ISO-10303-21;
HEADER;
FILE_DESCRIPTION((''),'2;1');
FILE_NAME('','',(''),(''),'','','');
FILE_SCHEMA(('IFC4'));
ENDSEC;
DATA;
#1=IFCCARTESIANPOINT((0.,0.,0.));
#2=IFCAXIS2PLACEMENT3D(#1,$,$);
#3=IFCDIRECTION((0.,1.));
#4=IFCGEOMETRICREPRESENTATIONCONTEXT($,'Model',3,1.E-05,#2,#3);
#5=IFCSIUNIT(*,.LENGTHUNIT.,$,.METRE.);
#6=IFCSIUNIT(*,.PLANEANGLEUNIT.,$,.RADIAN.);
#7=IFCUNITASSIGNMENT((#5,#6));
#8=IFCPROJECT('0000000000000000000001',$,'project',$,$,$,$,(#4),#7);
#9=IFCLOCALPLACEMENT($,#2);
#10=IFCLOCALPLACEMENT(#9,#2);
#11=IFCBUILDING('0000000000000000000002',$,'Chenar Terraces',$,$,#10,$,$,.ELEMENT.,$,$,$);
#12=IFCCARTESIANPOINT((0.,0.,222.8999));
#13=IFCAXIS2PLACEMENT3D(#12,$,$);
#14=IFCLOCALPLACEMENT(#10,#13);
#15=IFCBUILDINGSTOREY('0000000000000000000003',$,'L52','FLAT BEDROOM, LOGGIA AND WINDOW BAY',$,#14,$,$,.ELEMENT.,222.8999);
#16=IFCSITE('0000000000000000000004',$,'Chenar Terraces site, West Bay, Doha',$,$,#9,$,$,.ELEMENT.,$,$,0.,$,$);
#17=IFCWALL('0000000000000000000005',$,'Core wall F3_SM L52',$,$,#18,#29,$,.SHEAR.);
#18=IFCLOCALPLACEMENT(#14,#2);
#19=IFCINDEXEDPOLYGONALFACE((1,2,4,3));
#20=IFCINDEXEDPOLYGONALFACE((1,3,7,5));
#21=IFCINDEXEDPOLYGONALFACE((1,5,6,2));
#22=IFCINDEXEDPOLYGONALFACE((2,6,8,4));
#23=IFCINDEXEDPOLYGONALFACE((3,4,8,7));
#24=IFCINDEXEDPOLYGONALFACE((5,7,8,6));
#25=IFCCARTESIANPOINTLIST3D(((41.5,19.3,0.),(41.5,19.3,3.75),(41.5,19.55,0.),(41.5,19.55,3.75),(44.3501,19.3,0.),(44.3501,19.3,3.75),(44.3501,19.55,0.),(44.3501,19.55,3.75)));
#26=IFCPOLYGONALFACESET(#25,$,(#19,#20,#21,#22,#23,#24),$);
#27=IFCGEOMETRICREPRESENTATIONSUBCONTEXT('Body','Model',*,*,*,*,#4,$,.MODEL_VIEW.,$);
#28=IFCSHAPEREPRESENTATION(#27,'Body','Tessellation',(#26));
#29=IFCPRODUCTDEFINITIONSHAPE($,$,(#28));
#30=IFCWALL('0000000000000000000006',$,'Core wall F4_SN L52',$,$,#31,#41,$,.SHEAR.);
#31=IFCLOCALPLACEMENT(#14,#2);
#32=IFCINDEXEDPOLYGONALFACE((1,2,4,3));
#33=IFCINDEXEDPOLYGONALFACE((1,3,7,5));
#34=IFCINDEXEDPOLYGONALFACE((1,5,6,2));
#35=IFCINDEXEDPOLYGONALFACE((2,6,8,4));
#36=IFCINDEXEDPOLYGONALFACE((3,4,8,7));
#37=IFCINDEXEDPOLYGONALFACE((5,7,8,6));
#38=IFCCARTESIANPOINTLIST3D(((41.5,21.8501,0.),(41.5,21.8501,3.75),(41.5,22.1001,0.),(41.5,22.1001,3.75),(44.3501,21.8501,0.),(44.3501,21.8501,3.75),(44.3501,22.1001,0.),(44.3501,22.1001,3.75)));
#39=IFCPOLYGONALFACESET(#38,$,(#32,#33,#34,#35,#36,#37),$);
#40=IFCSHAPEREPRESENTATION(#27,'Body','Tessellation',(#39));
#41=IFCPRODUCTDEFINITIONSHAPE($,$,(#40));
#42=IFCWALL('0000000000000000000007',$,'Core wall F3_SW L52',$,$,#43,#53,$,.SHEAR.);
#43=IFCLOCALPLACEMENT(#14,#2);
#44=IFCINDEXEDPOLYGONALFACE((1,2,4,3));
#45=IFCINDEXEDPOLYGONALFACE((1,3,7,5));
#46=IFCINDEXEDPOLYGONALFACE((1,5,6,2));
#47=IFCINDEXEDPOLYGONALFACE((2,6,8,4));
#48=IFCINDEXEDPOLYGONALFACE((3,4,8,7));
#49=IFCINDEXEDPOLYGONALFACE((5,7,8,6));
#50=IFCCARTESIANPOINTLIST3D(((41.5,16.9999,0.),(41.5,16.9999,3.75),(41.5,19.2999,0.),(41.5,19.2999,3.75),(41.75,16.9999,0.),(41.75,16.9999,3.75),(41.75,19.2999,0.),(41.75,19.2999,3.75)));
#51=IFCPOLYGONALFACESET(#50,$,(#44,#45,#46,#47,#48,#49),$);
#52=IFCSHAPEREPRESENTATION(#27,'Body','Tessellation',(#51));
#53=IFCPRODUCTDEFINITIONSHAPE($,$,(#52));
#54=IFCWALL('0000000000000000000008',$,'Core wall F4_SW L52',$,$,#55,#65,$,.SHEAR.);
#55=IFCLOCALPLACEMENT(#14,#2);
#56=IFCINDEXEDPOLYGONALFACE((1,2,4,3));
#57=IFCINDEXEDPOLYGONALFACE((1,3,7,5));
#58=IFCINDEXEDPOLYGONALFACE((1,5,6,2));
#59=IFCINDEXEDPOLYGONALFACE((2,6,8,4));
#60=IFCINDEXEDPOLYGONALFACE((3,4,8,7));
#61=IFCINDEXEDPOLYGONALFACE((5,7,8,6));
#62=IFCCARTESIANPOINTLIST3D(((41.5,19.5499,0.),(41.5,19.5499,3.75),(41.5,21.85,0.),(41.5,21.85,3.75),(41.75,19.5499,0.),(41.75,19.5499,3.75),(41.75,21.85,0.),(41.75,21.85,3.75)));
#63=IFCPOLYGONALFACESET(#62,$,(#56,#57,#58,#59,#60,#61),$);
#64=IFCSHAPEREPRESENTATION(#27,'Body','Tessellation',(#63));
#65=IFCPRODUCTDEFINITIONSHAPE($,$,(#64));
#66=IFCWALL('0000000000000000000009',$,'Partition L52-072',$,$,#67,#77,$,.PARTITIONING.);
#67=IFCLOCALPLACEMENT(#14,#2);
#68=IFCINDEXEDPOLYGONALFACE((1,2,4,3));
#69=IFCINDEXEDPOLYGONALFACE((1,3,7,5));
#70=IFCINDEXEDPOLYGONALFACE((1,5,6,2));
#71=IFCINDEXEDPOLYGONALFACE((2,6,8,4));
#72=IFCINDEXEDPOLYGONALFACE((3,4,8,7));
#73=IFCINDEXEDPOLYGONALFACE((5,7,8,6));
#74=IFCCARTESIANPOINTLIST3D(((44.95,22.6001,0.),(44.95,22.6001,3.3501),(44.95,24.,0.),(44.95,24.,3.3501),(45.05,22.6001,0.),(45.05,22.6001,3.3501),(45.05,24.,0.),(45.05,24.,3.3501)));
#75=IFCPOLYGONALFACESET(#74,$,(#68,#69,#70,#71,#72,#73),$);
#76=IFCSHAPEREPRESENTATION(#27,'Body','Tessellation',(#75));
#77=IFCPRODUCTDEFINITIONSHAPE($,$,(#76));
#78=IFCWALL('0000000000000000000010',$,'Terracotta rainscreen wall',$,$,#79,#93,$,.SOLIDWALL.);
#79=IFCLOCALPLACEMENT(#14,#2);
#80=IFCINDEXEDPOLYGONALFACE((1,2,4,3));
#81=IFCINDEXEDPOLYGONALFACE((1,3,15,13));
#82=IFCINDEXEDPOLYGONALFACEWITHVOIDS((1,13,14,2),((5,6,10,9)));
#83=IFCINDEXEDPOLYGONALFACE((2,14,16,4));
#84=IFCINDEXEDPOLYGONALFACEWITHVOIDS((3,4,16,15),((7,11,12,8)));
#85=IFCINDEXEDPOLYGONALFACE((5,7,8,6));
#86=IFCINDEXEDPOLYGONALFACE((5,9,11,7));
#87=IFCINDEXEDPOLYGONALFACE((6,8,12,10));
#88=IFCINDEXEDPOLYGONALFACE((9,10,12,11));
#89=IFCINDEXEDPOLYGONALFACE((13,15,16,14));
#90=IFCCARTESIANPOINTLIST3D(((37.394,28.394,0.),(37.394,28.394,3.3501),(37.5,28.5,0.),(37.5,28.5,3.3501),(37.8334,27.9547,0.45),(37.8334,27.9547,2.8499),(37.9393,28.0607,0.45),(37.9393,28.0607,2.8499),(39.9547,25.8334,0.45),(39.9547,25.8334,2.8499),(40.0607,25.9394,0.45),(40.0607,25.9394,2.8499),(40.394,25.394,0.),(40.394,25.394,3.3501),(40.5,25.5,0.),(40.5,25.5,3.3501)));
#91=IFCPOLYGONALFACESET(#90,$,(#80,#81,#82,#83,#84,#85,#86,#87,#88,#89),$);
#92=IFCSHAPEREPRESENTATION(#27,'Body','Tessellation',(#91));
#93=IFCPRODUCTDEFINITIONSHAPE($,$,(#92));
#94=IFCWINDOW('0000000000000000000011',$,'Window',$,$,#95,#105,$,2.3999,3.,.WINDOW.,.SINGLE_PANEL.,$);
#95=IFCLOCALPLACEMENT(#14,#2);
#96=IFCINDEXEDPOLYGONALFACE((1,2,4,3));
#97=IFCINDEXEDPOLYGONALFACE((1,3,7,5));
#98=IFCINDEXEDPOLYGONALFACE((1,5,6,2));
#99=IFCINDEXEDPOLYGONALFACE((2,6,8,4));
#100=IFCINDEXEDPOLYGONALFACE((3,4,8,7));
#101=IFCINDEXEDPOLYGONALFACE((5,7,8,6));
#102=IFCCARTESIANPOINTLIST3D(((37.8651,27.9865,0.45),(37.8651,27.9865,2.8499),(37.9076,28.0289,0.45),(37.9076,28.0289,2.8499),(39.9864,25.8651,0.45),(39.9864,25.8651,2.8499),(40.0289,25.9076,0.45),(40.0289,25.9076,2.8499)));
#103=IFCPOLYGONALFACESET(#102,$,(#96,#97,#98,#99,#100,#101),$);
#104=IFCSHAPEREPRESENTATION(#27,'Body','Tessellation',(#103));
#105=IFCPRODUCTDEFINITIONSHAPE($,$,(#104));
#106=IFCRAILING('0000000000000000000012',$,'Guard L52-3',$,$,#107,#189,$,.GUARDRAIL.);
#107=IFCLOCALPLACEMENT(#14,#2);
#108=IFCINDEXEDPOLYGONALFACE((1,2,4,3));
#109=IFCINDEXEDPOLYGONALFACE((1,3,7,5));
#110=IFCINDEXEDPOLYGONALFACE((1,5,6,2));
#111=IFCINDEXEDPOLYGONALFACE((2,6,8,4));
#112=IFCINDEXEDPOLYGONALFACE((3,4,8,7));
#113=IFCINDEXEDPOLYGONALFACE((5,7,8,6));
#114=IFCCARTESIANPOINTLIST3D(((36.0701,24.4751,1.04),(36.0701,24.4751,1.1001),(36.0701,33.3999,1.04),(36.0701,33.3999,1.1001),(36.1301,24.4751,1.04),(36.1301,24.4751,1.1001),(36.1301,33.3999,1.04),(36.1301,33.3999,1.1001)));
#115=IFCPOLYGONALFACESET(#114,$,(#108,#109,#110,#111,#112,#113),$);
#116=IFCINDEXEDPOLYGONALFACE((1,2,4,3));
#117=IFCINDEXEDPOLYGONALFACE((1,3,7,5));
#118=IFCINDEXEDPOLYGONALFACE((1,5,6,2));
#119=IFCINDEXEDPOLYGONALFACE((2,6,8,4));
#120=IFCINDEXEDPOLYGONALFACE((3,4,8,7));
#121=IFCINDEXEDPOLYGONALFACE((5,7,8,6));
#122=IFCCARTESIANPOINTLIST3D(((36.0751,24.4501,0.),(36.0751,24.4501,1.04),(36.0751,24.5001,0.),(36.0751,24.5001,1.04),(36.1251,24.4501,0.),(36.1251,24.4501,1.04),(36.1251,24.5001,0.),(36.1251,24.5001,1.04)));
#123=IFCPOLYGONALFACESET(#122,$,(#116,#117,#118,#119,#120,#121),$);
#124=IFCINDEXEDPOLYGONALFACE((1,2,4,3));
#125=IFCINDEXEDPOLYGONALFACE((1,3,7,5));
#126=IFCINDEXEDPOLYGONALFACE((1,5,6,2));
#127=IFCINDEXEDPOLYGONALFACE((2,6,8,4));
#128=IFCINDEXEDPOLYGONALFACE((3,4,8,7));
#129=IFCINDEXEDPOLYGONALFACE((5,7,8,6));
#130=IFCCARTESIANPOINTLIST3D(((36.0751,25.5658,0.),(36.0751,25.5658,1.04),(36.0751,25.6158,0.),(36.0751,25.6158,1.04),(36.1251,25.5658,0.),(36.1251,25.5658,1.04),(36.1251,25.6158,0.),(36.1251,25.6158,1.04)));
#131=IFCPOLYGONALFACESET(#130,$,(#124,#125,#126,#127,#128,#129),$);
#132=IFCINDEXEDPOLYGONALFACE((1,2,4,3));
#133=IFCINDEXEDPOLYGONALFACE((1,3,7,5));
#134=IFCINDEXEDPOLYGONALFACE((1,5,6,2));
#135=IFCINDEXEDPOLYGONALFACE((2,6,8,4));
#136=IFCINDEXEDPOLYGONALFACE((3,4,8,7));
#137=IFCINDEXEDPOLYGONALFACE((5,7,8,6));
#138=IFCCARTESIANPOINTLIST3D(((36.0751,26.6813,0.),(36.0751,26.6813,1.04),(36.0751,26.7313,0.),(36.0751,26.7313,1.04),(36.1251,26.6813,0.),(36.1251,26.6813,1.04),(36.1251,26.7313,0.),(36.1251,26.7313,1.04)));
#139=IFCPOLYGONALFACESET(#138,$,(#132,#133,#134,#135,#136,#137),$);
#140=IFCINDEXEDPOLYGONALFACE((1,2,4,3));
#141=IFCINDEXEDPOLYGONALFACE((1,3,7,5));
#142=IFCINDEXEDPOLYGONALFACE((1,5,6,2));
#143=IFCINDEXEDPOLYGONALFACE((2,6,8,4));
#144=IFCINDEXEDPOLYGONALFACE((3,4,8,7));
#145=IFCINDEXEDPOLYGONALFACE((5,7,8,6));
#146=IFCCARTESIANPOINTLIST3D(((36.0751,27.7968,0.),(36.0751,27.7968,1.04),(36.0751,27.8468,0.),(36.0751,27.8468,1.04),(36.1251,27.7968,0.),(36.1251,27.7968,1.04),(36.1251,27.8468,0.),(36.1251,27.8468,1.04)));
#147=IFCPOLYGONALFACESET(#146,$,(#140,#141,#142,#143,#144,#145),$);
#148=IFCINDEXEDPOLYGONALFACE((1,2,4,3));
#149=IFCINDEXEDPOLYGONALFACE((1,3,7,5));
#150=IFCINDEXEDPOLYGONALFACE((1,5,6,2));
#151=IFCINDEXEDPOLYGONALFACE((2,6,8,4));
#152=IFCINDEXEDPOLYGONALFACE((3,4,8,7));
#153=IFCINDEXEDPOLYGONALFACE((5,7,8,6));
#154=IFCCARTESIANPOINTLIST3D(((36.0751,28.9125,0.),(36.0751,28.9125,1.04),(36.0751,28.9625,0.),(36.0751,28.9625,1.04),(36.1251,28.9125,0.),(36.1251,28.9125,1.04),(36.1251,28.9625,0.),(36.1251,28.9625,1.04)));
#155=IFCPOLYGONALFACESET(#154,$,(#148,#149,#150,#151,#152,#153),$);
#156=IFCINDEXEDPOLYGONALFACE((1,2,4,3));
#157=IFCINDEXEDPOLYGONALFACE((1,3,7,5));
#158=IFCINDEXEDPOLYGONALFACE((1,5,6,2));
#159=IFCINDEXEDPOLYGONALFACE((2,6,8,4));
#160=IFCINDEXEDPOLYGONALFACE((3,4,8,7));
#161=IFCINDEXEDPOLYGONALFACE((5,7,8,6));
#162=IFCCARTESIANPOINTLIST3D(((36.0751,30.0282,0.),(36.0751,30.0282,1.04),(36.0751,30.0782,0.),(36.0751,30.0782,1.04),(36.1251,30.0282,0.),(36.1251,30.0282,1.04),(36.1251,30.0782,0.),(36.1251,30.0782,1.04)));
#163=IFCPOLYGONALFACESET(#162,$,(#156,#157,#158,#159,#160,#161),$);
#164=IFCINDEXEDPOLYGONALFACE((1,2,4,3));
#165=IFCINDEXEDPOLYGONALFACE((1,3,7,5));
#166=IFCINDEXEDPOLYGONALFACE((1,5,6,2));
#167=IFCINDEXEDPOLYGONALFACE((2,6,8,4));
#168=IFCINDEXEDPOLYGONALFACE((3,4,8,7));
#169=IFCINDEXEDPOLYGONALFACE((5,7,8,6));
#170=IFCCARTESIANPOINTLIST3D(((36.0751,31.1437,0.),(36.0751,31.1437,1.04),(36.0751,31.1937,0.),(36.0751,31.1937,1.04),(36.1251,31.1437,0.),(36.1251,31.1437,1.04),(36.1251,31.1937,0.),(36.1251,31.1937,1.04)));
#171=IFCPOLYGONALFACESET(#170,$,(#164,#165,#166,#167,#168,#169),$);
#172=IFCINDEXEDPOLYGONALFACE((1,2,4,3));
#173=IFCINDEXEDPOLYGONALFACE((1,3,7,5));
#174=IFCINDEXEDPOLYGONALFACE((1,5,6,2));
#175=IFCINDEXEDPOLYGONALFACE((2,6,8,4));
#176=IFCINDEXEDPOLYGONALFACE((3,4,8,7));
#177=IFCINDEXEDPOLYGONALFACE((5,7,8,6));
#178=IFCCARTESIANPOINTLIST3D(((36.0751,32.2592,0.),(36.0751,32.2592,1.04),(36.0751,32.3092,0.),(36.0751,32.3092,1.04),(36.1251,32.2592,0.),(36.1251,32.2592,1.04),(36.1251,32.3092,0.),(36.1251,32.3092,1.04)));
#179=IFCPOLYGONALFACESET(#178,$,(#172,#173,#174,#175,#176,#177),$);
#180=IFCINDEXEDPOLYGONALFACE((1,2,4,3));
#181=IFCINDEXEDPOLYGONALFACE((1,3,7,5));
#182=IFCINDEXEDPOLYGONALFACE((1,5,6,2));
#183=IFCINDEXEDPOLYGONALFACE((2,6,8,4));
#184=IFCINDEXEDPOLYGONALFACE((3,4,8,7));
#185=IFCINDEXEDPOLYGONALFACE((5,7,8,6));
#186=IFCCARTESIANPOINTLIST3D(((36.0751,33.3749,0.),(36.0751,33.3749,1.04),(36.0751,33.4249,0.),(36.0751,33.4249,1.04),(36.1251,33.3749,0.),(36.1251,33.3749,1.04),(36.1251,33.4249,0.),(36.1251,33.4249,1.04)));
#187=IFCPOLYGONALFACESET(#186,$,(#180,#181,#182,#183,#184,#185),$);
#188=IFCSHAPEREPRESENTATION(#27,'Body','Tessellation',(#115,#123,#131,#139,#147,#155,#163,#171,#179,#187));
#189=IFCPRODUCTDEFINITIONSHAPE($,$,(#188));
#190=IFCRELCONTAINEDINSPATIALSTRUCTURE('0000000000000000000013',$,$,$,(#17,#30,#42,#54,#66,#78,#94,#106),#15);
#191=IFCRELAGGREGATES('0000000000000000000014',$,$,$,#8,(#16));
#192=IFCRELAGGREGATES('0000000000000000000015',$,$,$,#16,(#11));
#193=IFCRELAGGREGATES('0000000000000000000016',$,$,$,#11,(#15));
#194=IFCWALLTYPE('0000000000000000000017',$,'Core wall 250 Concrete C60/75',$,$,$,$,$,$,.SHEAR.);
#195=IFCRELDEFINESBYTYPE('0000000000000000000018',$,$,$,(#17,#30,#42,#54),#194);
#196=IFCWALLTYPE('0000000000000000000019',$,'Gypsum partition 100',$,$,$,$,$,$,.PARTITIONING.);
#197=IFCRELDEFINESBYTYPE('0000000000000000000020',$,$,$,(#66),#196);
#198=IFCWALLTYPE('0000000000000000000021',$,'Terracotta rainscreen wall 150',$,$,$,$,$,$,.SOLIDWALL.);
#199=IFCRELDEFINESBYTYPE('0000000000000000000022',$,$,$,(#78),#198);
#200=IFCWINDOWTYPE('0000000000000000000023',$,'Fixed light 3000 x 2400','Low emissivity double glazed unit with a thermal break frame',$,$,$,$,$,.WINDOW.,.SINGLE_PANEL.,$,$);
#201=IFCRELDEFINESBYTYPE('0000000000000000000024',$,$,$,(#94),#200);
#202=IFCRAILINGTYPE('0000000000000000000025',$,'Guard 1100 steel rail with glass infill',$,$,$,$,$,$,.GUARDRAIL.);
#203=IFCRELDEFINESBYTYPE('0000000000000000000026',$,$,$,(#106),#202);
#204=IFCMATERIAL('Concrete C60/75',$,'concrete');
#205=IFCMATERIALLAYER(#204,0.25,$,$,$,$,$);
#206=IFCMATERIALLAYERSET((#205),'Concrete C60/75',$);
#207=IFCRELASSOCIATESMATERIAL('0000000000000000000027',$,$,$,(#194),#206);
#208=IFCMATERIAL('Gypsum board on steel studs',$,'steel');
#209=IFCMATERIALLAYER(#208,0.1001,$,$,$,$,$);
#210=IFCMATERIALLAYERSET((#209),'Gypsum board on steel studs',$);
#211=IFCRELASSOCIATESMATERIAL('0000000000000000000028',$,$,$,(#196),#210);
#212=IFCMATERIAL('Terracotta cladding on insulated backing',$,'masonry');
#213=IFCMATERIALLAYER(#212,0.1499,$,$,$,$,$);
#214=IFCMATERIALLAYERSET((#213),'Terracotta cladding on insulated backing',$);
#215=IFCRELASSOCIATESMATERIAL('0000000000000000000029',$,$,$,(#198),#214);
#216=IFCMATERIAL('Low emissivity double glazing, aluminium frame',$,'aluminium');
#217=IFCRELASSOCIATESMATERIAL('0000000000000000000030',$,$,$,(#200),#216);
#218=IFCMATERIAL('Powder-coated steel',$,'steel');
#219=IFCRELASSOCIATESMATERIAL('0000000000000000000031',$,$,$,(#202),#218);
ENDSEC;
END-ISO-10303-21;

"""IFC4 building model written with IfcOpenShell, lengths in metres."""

from ifc_helpers import new_model, si_unit, direction, frame, frame_2d, origin, origin_2d, place, context, subcontext, project, spatial, rectangle, extrude, material, layer, layer_set, type_object, element, fill, save


model = new_model("IFC4")

# Units and contexts
model_context = context("Model", 3, precision=1e-05, world=origin(), true_north=direction((0.0, 1.0)))
body_context = subcontext(model_context, "Body", "Model", "MODEL_VIEW")
ifc_project = project(units=[si_unit("LENGTHUNIT", "METRE"), si_unit("PLANEANGLEUNIT", "RADIAN")], contexts=[model_context])

# Site, building, storey
site_placement = place(None, origin())
site = spatial("IfcSite", under=ifc_project, at=site_placement, Name="Chenar Terraces site, West Bay, Doha", CompositionType="ELEMENT", RefElevation=0.0)
building_placement = place(site_placement, origin())
building = spatial("IfcBuilding", under=site, at=building_placement, Name="Chenar Terraces", CompositionType="ELEMENT")
storey_placement = place(building_placement, frame((0.0, 0.0, 222.8999)))
storey = spatial("IfcBuildingStorey", under=building, at=storey_placement, Name="L52", Description="FLAT BEDROOM, LOGGIA AND WINDOW BAY", CompositionType="ELEMENT", Elevation=222.8999)

# Shared definitions
ifc_material_1 = material(Name="Concrete C60/75", Category="concrete")
ifc_layer_1 = layer(ifc_material_1, 0.25)
ifc_layer_set_1 = layer_set([ifc_layer_1], Name="Concrete C60/75")
wall_type_1 = type_object("IfcWallType", Name="Core wall 250 Concrete C60/75", PredefinedType="SHEAR", material=ifc_layer_set_1)

# Walls
for number, where, z_axis, x_axis, name in (
    (1, (41.5, 19.425, 0.0), (0.0, 0.0, 1.0), (1.0, 0.0, 0.0), "Core wall F3_SM L52"),
    (2, (41.5, 21.9751, 0.0), (0.0, 0.0, 1.0), (1.0, 0.0, 0.0), "Core wall F4_SN L52"),
):
    element("IfcWall", number, at=place(storey_placement, frame(where, z_axis=z_axis, x_axis=x_axis)), inside=storey, type_object=wall_type_1, Name=name, PredefinedType="SHEAR", context=body_context, shape_type="SweptSolid", body=[
        extrude(rectangle(XDim=2.8501, YDim=0.25, at=frame_2d((1.425, 0.0))), origin(), (0.0, 0.0, 1.0), 3.75),
    ])
for number, where, z_axis, x_axis, name in (
    (3, (41.625, 17.0, 0.0), (0.0, 0.0, 1.0), (0.0, 1.0, 0.0), "Core wall F3_SW L52"),
    (4, (41.625, 19.55, 0.0), (0.0, 0.0, 1.0), (0.0, 1.0, 0.0), "Core wall F4_SW L52"),
):
    element("IfcWall", number, at=place(storey_placement, frame(where, z_axis=z_axis, x_axis=x_axis)), inside=storey, type_object=wall_type_1, Name=name, PredefinedType="SHEAR", context=body_context, shape_type="SweptSolid", body=[
        extrude(rectangle(XDim=2.3, YDim=0.25, at=frame_2d((1.1499, 0.0))), origin(), (0.0, 0.0, 1.0), 3.75),
    ])
ifc_material_2 = material(Name="Gypsum board on steel studs", Category="steel")
ifc_layer_2 = layer(ifc_material_2, 0.1001)
ifc_layer_set_2 = layer_set([ifc_layer_2], Name="Gypsum board on steel studs")
wall_type_2 = type_object("IfcWallType", Name="Gypsum partition 100", PredefinedType="PARTITIONING", material=ifc_layer_set_2)
wall_1_placement = place(storey_placement, frame((45.0, 22.6001, 0.0), z_axis=(0.0, 0.0, 1.0), x_axis=(0.0, 1.0, 0.0)))
element("IfcWall", 5, at=wall_1_placement, inside=storey, type_object=wall_type_2, Name="Partition L52-072", PredefinedType="PARTITIONING", context=body_context, shape_type="SweptSolid", body=[
    extrude(rectangle(XDim=1.3999, YDim=0.1001, at=frame_2d((0.7, 0.0))), origin(), (0.0, 0.0, 1.0), 3.3501),
])

# Wall, opening, window
ifc_material_3 = material(Name="Terracotta cladding on insulated backing", Category="masonry")
ifc_layer_3 = layer(ifc_material_3, 0.1499)
ifc_layer_set_3 = layer_set([ifc_layer_3], Name="Terracotta cladding on insulated backing")
wall_type_3 = type_object("IfcWallType", Name="Terracotta rainscreen wall 150", PredefinedType="SOLIDWALL", material=ifc_layer_set_3)
wall_2_placement = place(storey_placement, frame((40.447, 25.447, 0.0), z_axis=(0.0, 0.0, 1.0), x_axis=(-0.707107, 0.707107, 0.0)))
wall_2 = element("IfcWall", 6, at=wall_2_placement, inside=storey, type_object=wall_type_3, Name="Terracotta rainscreen wall", PredefinedType="SOLIDWALL", context=body_context, shape_type="SweptSolid", body=[
    extrude(rectangle(XDim=4.2427, YDim=0.1499, at=frame_2d((2.1213, 0.0))), origin(), (0.0, 0.0, 1.0), 3.3501),
])
opening_1_placement = place(wall_2_placement, frame((0.6213, 0.0, 0.45)))
opening_1 = element("IfcOpeningElement", 7, at=opening_1_placement, cuts=wall_2, PredefinedType="OPENING", context=body_context, shape_type="SweptSolid", body=[
    extrude(rectangle(XDim=3.0, YDim=2.3999, at=frame_2d((1.5, 1.2))), frame((0.0, 0.085, 0.0), z_axis=(0.0, -1.0, 0.0), x_axis=(1.0, 0.0, 0.0)), (0.0, 0.0, 1.0), 0.1699),
])
ifc_material_4 = material(Name="Low emissivity double glazing, aluminium frame", Category="aluminium")
window_type = type_object("IfcWindowType", Name="Fixed light 3000 x 2400", Description="Low emissivity double glazed unit with a thermal break frame", PartitioningType="SINGLE_PANEL", PredefinedType="WINDOW", material=ifc_material_4)
window_placement = place(opening_1_placement, origin())
window = element("IfcWindow", 8, at=window_placement, inside=storey, type_object=window_type, Name="Window", OverallHeight=2.3999, OverallWidth=3.0, PartitioningType="SINGLE_PANEL", PredefinedType="WINDOW", context=body_context, shape_type="SweptSolid", body=[
    extrude(rectangle(XDim=3.0, YDim=2.3999, at=frame_2d((1.5, 1.2))), frame((0.0, 0.03, 0.0), z_axis=(0.0, -1.0, 0.0), x_axis=(1.0, 0.0, 0.0)), (0.0, 0.0, 1.0), 0.0601),
])
fill(opening_1, window)

# Railing
ifc_material_5 = material(Name="Powder-coated steel", Category="steel")
railing_type = type_object("IfcRailingType", Name="Guard 1100 steel rail with glass infill", PredefinedType="GUARDRAIL", material=ifc_material_5)
railing_placement = place(storey_placement, frame((36.1001, 24.4751, 0.0)))
element("IfcRailing", 9, at=railing_placement, inside=storey, type_object=railing_type, Name="Guard L52-3", PredefinedType="GUARDRAIL", context=body_context, shape_type="SweptSolid", body=[
    extrude(rectangle(XDim=0.0601, YDim=0.0601, at=origin_2d()), frame((0.0, 0.0, 1.0701), z_axis=(0.0, 1.0, 0.0), x_axis=(-1.0, 0.0, 0.0)), (0.0, 0.0, 1.0), 8.9248),
    extrude(rectangle(XDim=0.05, YDim=0.05, at=origin_2d()), origin(), (0.0, 0.0, 1.0), 1.04),
    extrude(rectangle(XDim=0.05, YDim=0.05, at=origin_2d()), frame((0.0, 1.1157, 0.0)), (0.0, 0.0, 1.0), 1.04),
    extrude(rectangle(XDim=0.05, YDim=0.05, at=origin_2d()), frame((0.0, 2.2312, 0.0)), (0.0, 0.0, 1.0), 1.04),
    extrude(rectangle(XDim=0.05, YDim=0.05, at=origin_2d()), frame((0.0, 3.3467, 0.0)), (0.0, 0.0, 1.0), 1.04),
    extrude(rectangle(XDim=0.05, YDim=0.05, at=origin_2d()), frame((0.0, 4.4624, 0.0)), (0.0, 0.0, 1.0), 1.04),
    extrude(rectangle(XDim=0.05, YDim=0.05, at=origin_2d()), frame((0.0, 5.5781, 0.0)), (0.0, 0.0, 1.0), 1.04),
    extrude(rectangle(XDim=0.05, YDim=0.05, at=origin_2d()), frame((0.0, 6.6936, 0.0)), (0.0, 0.0, 1.0), 1.04),
    extrude(rectangle(XDim=0.05, YDim=0.05, at=origin_2d()), frame((0.0, 7.8091, 0.0)), (0.0, 0.0, 1.0), 1.04),
    extrude(rectangle(XDim=0.05, YDim=0.05, at=origin_2d()), frame((0.0, 8.9248, 0.0)), (0.0, 0.0, 1.0), 1.04),
])

save(model, "model.ifc")
